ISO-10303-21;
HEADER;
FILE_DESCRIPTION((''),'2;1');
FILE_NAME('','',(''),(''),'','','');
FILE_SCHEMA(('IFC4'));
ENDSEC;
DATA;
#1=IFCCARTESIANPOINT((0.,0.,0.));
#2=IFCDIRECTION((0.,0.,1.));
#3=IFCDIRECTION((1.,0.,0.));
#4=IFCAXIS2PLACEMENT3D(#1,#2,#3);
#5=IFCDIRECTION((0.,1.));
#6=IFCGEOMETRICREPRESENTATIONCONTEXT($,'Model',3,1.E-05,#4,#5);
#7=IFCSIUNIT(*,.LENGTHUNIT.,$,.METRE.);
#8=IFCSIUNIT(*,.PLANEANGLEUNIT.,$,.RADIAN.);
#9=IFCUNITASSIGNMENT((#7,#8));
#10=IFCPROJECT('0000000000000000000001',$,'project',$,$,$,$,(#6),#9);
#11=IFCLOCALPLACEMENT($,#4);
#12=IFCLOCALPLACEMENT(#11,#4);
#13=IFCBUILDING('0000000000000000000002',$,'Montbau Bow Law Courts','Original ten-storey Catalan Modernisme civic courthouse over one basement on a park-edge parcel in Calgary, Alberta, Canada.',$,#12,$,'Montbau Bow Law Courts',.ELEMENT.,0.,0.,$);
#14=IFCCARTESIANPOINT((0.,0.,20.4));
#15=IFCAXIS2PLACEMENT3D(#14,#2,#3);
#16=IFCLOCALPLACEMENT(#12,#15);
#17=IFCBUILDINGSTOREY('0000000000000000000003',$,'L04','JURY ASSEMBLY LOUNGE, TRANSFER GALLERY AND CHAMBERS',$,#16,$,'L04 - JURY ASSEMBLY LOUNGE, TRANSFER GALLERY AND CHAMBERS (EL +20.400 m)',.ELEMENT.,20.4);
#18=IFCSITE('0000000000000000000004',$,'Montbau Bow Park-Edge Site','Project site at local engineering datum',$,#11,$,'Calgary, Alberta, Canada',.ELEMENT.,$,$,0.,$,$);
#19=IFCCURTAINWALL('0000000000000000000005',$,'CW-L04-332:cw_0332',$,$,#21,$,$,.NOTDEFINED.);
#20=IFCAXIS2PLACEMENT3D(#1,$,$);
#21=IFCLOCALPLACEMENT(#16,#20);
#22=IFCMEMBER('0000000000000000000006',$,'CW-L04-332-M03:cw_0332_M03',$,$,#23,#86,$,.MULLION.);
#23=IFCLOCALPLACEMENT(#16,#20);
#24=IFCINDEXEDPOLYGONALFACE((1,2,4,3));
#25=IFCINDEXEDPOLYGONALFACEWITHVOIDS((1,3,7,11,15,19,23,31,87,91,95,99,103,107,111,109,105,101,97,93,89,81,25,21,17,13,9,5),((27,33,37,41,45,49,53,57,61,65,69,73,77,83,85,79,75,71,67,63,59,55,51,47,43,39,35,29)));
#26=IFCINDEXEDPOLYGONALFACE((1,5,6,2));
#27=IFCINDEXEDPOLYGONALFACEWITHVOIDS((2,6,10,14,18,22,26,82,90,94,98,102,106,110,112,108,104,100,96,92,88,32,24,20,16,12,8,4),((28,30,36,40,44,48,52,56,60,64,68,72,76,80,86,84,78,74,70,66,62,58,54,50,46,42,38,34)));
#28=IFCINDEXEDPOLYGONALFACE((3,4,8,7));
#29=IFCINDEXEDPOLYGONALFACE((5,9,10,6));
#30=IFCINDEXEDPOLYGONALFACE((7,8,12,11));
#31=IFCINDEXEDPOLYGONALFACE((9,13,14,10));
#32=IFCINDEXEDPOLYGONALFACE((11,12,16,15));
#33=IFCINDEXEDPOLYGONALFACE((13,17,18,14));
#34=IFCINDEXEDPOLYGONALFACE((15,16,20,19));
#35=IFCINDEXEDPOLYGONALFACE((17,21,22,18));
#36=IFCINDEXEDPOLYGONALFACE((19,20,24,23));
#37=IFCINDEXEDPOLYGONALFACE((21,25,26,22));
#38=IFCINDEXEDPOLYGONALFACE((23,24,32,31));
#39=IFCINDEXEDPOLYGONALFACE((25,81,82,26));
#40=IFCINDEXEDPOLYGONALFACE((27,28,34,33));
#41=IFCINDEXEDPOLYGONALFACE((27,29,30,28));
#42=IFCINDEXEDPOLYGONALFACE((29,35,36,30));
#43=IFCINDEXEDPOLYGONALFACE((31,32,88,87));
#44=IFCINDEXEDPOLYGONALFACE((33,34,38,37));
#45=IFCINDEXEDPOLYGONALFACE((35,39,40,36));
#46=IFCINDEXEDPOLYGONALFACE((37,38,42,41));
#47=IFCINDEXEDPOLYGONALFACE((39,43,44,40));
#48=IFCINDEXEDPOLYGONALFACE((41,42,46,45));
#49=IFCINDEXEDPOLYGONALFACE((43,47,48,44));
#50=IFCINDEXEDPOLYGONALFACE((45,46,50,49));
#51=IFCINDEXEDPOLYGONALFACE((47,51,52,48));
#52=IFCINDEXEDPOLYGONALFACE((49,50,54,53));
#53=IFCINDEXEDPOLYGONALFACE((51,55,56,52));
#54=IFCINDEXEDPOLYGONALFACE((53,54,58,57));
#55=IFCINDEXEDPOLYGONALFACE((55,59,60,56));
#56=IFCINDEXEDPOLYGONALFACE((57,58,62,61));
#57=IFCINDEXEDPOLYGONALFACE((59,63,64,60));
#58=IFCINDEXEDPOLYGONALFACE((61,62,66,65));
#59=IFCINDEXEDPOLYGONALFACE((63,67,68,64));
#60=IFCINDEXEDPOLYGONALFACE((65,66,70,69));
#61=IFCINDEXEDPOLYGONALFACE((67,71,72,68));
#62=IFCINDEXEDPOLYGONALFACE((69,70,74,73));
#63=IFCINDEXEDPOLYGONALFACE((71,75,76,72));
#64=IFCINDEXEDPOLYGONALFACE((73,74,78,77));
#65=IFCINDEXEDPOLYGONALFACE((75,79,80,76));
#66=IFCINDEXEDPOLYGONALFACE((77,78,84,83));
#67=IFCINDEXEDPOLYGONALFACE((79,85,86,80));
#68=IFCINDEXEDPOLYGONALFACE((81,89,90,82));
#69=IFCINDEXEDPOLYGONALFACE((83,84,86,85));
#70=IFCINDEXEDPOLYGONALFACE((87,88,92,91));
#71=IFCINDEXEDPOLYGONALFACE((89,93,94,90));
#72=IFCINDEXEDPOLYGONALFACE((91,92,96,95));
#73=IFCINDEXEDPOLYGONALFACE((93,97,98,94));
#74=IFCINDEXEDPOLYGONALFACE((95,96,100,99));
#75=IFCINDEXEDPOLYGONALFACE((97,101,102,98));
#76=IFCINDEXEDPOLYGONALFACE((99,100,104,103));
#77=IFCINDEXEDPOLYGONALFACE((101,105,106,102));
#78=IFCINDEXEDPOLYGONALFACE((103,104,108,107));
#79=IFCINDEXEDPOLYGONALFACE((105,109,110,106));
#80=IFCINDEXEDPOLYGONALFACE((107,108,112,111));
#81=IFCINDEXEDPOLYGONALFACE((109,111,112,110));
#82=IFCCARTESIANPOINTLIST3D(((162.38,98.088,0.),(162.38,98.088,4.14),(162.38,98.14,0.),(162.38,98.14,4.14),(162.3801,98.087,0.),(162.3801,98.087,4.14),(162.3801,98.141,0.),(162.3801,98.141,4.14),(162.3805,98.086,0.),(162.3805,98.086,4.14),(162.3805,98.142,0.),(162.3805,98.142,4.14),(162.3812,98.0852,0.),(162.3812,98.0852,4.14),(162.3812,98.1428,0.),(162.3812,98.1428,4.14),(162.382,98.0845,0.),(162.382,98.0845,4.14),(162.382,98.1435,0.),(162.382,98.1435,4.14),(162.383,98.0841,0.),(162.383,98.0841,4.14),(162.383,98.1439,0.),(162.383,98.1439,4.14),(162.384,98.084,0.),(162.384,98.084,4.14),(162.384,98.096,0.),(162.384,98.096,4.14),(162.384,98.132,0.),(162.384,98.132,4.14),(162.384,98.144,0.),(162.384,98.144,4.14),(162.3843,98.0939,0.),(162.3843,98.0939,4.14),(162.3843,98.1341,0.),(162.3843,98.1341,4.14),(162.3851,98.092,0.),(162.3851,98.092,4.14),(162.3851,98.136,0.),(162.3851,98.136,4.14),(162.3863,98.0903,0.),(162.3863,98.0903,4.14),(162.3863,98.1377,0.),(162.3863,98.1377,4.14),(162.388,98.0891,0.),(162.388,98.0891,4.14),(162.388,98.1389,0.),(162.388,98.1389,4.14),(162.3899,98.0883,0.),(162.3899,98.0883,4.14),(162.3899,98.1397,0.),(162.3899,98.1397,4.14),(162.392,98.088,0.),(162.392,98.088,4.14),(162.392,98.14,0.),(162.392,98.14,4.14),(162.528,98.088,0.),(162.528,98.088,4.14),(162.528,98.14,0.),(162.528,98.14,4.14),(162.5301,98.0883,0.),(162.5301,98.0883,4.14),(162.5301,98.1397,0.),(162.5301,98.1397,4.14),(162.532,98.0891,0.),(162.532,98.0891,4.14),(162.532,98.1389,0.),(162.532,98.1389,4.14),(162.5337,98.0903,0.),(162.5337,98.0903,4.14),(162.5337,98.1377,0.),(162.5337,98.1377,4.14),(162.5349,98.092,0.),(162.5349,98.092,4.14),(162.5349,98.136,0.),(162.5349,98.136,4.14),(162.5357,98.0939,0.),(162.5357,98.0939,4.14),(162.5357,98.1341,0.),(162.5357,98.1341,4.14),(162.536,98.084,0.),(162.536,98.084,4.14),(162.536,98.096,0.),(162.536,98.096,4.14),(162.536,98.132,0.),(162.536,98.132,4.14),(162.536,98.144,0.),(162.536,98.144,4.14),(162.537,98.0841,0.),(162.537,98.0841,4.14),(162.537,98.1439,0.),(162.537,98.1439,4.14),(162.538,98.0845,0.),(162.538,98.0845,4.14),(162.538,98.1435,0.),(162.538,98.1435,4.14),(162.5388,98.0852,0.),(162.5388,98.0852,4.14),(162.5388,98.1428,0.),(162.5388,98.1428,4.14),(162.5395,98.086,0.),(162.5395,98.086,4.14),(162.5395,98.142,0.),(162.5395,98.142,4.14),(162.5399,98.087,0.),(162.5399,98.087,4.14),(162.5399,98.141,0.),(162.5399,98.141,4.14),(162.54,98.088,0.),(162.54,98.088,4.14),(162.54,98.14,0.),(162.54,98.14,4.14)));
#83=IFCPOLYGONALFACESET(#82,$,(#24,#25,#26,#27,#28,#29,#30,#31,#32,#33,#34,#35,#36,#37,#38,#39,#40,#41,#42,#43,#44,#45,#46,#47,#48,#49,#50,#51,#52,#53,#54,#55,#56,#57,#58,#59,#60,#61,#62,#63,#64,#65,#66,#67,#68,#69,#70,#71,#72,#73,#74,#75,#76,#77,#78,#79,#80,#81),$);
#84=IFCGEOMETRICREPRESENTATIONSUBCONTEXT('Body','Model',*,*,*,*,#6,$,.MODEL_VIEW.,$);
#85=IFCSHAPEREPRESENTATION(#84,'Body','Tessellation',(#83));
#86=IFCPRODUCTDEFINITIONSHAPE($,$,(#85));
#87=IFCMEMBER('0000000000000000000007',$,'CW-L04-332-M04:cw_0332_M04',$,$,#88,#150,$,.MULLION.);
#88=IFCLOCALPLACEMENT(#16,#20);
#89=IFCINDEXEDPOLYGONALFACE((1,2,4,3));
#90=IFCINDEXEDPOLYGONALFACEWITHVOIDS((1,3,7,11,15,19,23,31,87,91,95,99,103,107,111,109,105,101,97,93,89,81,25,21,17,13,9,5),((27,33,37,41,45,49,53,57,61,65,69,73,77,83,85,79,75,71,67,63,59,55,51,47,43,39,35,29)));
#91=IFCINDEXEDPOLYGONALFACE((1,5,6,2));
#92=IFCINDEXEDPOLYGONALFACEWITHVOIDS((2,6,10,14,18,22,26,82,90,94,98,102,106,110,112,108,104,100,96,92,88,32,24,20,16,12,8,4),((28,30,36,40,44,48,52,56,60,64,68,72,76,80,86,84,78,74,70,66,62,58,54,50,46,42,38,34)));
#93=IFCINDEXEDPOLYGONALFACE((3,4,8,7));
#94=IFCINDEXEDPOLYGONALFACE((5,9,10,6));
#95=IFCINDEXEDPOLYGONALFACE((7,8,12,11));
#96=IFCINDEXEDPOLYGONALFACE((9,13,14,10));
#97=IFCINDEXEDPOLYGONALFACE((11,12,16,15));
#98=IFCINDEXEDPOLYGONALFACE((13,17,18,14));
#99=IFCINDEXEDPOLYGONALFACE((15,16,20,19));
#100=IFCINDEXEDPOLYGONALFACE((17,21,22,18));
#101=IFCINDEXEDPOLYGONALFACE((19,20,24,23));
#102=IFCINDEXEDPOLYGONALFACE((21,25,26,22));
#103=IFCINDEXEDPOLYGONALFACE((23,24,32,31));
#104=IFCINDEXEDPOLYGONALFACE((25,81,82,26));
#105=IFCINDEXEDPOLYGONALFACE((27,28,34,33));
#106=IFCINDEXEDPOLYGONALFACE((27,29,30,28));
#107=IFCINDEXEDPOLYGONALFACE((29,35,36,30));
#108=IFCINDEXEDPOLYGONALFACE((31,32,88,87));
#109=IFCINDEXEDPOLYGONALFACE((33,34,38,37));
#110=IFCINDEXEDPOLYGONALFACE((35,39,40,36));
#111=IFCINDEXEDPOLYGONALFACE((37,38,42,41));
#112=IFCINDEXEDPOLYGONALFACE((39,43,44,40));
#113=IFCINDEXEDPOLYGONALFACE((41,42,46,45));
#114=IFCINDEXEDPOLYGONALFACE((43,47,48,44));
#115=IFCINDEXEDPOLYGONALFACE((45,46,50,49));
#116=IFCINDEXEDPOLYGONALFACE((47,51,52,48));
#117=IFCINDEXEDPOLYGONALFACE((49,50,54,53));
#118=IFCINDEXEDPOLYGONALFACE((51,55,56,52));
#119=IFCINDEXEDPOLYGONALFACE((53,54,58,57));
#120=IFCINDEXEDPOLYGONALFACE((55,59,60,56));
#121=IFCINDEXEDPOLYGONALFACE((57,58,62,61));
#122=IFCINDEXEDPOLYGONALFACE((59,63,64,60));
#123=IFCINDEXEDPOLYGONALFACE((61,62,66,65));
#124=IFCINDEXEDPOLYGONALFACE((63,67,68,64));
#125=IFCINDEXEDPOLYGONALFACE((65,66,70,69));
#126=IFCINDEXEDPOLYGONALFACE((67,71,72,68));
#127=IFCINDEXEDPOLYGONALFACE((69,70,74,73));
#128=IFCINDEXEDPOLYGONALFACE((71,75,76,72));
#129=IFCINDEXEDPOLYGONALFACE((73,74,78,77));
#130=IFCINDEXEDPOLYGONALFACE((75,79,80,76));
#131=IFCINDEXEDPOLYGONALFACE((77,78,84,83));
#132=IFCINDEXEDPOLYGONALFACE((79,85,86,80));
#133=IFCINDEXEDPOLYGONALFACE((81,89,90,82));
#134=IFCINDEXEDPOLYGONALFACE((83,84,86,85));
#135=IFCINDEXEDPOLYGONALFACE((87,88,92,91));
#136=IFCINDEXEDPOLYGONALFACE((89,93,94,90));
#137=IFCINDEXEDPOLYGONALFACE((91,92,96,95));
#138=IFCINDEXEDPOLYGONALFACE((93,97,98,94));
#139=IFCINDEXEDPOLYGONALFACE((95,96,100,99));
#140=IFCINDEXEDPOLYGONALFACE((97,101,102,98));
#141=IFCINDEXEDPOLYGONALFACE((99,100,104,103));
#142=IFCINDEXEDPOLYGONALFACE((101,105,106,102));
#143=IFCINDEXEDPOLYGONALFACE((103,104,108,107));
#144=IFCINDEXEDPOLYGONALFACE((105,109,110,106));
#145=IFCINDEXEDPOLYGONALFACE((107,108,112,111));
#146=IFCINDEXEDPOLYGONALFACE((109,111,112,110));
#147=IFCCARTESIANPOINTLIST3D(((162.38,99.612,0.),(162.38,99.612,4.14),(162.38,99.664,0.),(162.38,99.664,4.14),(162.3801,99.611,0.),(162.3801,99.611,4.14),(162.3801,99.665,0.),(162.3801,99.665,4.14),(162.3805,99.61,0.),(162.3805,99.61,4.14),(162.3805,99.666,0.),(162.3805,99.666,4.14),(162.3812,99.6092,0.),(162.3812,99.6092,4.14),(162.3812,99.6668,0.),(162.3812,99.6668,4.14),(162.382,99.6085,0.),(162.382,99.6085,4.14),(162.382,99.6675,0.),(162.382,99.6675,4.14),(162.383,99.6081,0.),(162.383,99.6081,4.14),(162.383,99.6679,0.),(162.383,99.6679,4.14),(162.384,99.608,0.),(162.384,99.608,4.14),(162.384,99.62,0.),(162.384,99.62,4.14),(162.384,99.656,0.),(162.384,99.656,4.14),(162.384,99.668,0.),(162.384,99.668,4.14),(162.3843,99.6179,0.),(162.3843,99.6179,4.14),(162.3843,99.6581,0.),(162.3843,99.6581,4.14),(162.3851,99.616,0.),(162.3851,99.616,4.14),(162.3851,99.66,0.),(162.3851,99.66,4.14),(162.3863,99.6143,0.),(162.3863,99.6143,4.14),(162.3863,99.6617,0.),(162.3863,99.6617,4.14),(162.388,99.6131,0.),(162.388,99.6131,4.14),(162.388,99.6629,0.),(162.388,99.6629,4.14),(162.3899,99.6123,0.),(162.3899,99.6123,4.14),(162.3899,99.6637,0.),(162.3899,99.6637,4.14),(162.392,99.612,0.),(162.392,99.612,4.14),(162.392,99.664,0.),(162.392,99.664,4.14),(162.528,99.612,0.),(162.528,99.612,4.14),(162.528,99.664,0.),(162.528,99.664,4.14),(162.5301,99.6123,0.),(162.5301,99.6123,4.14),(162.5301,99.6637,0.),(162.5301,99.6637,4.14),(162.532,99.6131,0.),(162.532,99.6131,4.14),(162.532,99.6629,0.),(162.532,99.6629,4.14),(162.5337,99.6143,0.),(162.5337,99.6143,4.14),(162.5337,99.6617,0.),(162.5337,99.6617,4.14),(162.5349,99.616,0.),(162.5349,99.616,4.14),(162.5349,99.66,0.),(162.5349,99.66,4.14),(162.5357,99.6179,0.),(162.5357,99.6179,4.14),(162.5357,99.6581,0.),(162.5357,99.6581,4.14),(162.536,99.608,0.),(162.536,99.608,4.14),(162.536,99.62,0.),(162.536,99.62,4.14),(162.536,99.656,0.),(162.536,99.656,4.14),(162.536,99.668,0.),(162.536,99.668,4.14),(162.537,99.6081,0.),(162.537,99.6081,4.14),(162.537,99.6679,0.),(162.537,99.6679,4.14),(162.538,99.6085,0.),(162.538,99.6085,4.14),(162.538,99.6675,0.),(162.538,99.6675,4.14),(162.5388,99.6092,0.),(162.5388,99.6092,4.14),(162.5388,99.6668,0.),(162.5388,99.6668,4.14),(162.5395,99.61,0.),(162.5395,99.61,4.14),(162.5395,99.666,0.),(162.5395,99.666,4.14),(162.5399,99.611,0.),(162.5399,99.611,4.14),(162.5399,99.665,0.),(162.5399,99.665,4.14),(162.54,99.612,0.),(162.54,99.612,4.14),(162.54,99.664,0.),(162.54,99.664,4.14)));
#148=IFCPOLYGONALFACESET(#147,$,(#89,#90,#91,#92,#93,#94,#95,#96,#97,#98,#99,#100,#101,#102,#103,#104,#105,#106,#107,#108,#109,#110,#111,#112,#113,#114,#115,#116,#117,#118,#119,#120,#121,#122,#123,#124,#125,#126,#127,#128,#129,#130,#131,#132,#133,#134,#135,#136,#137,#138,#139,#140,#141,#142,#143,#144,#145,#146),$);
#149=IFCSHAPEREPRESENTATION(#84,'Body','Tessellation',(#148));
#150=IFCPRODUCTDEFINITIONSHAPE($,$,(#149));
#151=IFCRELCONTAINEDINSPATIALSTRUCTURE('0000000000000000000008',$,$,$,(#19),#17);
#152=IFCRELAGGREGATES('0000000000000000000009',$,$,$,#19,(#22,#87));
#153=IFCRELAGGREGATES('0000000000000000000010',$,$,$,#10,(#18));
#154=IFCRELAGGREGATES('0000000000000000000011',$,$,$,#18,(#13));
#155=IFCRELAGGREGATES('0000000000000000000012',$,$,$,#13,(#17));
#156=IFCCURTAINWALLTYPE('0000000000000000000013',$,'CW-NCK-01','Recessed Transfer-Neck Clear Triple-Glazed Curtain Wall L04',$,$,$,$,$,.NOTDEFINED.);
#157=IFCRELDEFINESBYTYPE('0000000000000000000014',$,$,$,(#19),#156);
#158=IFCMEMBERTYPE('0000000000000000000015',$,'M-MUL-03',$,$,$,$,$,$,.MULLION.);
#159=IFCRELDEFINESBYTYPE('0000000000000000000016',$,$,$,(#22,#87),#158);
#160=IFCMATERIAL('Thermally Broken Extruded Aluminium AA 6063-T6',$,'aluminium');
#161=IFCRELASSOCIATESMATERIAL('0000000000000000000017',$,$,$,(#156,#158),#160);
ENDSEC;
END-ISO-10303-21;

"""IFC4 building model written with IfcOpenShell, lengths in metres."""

from ifc_helpers import new_model, si_unit, direction, frame, origin_with_axes, origin_2d_with_axis, place, context, subcontext, project, spatial, hollow_rectangle, extrude, material, material_profile, profile_set, type_object, element, aggregate, save


model = new_model("IFC4")

# Units and contexts
model_context = context("Model", 3, precision=1e-05, world=origin_with_axes(), true_north=direction((0.0, 1.0)))
body_context = subcontext(model_context, "Body", "Model", "MODEL_VIEW")
ifc_project = project(units=[si_unit("LENGTHUNIT", "METRE"), si_unit("PLANEANGLEUNIT", "RADIAN")], contexts=[model_context])

# Site, building, storey
site_placement = place(None, origin_with_axes())
site = spatial("IfcSite", under=ifc_project, at=site_placement, Name="Montbau Bow Park-Edge Site", Description="Project site at local engineering datum", LongName="Calgary, Alberta, Canada", CompositionType="ELEMENT", RefElevation=0.0)
building_placement = place(site_placement, origin_with_axes())
building = spatial("IfcBuilding", under=site, at=building_placement, Name="Montbau Bow Law Courts", Description="Original ten-storey Catalan Modernisme civic courthouse over one basement on a park-edge parcel in Calgary, Alberta, Canada.", LongName="Montbau Bow Law Courts", CompositionType="ELEMENT", ElevationOfRefHeight=0.0, ElevationOfTerrain=0.0)
storey_placement = place(building_placement, frame((0.0, 0.0, 20.4), z_axis=(0.0, 0.0, 1.0), x_axis=(1.0, 0.0, 0.0)))
storey = spatial("IfcBuildingStorey", under=building, at=storey_placement, Name="L04", Description="JURY ASSEMBLY LOUNGE, TRANSFER GALLERY AND CHAMBERS", LongName="L04 - JURY ASSEMBLY LOUNGE, TRANSFER GALLERY AND CHAMBERS (EL +20.400 m)", CompositionType="ELEMENT", Elevation=20.4)

# Curtain wall, members
ifc_material_1 = material(Name="Thermally Broken Extruded Aluminium AA 6063-T6", Category="aluminium")
curtain_wall_type = type_object("IfcCurtainWallType", Name="CW-NCK-01", Description="Recessed Transfer-Neck Clear Triple-Glazed Curtain Wall L04", PredefinedType="NOTDEFINED", material=ifc_material_1)
curtain_wall_placement = place(None, frame((162.46, 95.067, 20.4), z_axis=(0.0, 0.0, 1.0), x_axis=(1.0, 0.0, 0.0)))
curtain_wall = element("IfcCurtainWall", 1, at=curtain_wall_placement, inside=storey, type_object=curtain_wall_type, Name="CW-L04-332:cw_0332", PredefinedType="NOTDEFINED")
ifc_material_profile_1 = material_profile(ifc_material_1, hollow_rectangle(XDim=0.06, YDim=0.16, WallThickness=0.004, InnerFilletRadius=0.008, OuterFilletRadius=0.004, at=origin_2d_with_axis()), Name="CWM-160X60", Category="Main", Priority=0)
ifc_profile_set_1 = profile_set([ifc_material_profile_1], Name="Thermally Broken Extruded Aluminium AA 6063-T6")
member_type_1 = type_object("IfcMemberType", Name="M-MUL-03", PredefinedType="MULLION", material=ifc_profile_set_1)
member_1_placement = place(None, frame((162.46, 98.114, 20.4), z_axis=(0.0, 0.0, 1.0), x_axis=(0.0, 1.0, 0.0)))
member_1 = element("IfcMember", 2, at=member_1_placement, type_object=member_type_1, Name="CW-L04-332-M03:cw_0332_M03", PredefinedType="MULLION", context=body_context, shape_type="SweptSolid", body=[
    extrude(hollow_rectangle(XDim=0.06, YDim=0.16, WallThickness=0.004, InnerFilletRadius=0.008, OuterFilletRadius=0.004, at=origin_2d_with_axis()), origin_with_axes(), (0.0, 0.0, 1.0), 4.14),
])
member_2_placement = place(None, frame((162.46, 99.638, 20.4), z_axis=(0.0, 0.0, 1.0), x_axis=(0.0, 1.0, 0.0)))
member_2 = element("IfcMember", 3, at=member_2_placement, type_object=member_type_1, Name="CW-L04-332-M04:cw_0332_M04", PredefinedType="MULLION", context=body_context, shape_type="SweptSolid", body=[
    extrude(hollow_rectangle(XDim=0.06, YDim=0.16, WallThickness=0.004, InnerFilletRadius=0.008, OuterFilletRadius=0.004, at=origin_2d_with_axis()), origin_with_axes(), (0.0, 0.0, 1.0), 4.14),
])
aggregate(curtain_wall, [member_1, member_2])

save(model, "model.ifc")
